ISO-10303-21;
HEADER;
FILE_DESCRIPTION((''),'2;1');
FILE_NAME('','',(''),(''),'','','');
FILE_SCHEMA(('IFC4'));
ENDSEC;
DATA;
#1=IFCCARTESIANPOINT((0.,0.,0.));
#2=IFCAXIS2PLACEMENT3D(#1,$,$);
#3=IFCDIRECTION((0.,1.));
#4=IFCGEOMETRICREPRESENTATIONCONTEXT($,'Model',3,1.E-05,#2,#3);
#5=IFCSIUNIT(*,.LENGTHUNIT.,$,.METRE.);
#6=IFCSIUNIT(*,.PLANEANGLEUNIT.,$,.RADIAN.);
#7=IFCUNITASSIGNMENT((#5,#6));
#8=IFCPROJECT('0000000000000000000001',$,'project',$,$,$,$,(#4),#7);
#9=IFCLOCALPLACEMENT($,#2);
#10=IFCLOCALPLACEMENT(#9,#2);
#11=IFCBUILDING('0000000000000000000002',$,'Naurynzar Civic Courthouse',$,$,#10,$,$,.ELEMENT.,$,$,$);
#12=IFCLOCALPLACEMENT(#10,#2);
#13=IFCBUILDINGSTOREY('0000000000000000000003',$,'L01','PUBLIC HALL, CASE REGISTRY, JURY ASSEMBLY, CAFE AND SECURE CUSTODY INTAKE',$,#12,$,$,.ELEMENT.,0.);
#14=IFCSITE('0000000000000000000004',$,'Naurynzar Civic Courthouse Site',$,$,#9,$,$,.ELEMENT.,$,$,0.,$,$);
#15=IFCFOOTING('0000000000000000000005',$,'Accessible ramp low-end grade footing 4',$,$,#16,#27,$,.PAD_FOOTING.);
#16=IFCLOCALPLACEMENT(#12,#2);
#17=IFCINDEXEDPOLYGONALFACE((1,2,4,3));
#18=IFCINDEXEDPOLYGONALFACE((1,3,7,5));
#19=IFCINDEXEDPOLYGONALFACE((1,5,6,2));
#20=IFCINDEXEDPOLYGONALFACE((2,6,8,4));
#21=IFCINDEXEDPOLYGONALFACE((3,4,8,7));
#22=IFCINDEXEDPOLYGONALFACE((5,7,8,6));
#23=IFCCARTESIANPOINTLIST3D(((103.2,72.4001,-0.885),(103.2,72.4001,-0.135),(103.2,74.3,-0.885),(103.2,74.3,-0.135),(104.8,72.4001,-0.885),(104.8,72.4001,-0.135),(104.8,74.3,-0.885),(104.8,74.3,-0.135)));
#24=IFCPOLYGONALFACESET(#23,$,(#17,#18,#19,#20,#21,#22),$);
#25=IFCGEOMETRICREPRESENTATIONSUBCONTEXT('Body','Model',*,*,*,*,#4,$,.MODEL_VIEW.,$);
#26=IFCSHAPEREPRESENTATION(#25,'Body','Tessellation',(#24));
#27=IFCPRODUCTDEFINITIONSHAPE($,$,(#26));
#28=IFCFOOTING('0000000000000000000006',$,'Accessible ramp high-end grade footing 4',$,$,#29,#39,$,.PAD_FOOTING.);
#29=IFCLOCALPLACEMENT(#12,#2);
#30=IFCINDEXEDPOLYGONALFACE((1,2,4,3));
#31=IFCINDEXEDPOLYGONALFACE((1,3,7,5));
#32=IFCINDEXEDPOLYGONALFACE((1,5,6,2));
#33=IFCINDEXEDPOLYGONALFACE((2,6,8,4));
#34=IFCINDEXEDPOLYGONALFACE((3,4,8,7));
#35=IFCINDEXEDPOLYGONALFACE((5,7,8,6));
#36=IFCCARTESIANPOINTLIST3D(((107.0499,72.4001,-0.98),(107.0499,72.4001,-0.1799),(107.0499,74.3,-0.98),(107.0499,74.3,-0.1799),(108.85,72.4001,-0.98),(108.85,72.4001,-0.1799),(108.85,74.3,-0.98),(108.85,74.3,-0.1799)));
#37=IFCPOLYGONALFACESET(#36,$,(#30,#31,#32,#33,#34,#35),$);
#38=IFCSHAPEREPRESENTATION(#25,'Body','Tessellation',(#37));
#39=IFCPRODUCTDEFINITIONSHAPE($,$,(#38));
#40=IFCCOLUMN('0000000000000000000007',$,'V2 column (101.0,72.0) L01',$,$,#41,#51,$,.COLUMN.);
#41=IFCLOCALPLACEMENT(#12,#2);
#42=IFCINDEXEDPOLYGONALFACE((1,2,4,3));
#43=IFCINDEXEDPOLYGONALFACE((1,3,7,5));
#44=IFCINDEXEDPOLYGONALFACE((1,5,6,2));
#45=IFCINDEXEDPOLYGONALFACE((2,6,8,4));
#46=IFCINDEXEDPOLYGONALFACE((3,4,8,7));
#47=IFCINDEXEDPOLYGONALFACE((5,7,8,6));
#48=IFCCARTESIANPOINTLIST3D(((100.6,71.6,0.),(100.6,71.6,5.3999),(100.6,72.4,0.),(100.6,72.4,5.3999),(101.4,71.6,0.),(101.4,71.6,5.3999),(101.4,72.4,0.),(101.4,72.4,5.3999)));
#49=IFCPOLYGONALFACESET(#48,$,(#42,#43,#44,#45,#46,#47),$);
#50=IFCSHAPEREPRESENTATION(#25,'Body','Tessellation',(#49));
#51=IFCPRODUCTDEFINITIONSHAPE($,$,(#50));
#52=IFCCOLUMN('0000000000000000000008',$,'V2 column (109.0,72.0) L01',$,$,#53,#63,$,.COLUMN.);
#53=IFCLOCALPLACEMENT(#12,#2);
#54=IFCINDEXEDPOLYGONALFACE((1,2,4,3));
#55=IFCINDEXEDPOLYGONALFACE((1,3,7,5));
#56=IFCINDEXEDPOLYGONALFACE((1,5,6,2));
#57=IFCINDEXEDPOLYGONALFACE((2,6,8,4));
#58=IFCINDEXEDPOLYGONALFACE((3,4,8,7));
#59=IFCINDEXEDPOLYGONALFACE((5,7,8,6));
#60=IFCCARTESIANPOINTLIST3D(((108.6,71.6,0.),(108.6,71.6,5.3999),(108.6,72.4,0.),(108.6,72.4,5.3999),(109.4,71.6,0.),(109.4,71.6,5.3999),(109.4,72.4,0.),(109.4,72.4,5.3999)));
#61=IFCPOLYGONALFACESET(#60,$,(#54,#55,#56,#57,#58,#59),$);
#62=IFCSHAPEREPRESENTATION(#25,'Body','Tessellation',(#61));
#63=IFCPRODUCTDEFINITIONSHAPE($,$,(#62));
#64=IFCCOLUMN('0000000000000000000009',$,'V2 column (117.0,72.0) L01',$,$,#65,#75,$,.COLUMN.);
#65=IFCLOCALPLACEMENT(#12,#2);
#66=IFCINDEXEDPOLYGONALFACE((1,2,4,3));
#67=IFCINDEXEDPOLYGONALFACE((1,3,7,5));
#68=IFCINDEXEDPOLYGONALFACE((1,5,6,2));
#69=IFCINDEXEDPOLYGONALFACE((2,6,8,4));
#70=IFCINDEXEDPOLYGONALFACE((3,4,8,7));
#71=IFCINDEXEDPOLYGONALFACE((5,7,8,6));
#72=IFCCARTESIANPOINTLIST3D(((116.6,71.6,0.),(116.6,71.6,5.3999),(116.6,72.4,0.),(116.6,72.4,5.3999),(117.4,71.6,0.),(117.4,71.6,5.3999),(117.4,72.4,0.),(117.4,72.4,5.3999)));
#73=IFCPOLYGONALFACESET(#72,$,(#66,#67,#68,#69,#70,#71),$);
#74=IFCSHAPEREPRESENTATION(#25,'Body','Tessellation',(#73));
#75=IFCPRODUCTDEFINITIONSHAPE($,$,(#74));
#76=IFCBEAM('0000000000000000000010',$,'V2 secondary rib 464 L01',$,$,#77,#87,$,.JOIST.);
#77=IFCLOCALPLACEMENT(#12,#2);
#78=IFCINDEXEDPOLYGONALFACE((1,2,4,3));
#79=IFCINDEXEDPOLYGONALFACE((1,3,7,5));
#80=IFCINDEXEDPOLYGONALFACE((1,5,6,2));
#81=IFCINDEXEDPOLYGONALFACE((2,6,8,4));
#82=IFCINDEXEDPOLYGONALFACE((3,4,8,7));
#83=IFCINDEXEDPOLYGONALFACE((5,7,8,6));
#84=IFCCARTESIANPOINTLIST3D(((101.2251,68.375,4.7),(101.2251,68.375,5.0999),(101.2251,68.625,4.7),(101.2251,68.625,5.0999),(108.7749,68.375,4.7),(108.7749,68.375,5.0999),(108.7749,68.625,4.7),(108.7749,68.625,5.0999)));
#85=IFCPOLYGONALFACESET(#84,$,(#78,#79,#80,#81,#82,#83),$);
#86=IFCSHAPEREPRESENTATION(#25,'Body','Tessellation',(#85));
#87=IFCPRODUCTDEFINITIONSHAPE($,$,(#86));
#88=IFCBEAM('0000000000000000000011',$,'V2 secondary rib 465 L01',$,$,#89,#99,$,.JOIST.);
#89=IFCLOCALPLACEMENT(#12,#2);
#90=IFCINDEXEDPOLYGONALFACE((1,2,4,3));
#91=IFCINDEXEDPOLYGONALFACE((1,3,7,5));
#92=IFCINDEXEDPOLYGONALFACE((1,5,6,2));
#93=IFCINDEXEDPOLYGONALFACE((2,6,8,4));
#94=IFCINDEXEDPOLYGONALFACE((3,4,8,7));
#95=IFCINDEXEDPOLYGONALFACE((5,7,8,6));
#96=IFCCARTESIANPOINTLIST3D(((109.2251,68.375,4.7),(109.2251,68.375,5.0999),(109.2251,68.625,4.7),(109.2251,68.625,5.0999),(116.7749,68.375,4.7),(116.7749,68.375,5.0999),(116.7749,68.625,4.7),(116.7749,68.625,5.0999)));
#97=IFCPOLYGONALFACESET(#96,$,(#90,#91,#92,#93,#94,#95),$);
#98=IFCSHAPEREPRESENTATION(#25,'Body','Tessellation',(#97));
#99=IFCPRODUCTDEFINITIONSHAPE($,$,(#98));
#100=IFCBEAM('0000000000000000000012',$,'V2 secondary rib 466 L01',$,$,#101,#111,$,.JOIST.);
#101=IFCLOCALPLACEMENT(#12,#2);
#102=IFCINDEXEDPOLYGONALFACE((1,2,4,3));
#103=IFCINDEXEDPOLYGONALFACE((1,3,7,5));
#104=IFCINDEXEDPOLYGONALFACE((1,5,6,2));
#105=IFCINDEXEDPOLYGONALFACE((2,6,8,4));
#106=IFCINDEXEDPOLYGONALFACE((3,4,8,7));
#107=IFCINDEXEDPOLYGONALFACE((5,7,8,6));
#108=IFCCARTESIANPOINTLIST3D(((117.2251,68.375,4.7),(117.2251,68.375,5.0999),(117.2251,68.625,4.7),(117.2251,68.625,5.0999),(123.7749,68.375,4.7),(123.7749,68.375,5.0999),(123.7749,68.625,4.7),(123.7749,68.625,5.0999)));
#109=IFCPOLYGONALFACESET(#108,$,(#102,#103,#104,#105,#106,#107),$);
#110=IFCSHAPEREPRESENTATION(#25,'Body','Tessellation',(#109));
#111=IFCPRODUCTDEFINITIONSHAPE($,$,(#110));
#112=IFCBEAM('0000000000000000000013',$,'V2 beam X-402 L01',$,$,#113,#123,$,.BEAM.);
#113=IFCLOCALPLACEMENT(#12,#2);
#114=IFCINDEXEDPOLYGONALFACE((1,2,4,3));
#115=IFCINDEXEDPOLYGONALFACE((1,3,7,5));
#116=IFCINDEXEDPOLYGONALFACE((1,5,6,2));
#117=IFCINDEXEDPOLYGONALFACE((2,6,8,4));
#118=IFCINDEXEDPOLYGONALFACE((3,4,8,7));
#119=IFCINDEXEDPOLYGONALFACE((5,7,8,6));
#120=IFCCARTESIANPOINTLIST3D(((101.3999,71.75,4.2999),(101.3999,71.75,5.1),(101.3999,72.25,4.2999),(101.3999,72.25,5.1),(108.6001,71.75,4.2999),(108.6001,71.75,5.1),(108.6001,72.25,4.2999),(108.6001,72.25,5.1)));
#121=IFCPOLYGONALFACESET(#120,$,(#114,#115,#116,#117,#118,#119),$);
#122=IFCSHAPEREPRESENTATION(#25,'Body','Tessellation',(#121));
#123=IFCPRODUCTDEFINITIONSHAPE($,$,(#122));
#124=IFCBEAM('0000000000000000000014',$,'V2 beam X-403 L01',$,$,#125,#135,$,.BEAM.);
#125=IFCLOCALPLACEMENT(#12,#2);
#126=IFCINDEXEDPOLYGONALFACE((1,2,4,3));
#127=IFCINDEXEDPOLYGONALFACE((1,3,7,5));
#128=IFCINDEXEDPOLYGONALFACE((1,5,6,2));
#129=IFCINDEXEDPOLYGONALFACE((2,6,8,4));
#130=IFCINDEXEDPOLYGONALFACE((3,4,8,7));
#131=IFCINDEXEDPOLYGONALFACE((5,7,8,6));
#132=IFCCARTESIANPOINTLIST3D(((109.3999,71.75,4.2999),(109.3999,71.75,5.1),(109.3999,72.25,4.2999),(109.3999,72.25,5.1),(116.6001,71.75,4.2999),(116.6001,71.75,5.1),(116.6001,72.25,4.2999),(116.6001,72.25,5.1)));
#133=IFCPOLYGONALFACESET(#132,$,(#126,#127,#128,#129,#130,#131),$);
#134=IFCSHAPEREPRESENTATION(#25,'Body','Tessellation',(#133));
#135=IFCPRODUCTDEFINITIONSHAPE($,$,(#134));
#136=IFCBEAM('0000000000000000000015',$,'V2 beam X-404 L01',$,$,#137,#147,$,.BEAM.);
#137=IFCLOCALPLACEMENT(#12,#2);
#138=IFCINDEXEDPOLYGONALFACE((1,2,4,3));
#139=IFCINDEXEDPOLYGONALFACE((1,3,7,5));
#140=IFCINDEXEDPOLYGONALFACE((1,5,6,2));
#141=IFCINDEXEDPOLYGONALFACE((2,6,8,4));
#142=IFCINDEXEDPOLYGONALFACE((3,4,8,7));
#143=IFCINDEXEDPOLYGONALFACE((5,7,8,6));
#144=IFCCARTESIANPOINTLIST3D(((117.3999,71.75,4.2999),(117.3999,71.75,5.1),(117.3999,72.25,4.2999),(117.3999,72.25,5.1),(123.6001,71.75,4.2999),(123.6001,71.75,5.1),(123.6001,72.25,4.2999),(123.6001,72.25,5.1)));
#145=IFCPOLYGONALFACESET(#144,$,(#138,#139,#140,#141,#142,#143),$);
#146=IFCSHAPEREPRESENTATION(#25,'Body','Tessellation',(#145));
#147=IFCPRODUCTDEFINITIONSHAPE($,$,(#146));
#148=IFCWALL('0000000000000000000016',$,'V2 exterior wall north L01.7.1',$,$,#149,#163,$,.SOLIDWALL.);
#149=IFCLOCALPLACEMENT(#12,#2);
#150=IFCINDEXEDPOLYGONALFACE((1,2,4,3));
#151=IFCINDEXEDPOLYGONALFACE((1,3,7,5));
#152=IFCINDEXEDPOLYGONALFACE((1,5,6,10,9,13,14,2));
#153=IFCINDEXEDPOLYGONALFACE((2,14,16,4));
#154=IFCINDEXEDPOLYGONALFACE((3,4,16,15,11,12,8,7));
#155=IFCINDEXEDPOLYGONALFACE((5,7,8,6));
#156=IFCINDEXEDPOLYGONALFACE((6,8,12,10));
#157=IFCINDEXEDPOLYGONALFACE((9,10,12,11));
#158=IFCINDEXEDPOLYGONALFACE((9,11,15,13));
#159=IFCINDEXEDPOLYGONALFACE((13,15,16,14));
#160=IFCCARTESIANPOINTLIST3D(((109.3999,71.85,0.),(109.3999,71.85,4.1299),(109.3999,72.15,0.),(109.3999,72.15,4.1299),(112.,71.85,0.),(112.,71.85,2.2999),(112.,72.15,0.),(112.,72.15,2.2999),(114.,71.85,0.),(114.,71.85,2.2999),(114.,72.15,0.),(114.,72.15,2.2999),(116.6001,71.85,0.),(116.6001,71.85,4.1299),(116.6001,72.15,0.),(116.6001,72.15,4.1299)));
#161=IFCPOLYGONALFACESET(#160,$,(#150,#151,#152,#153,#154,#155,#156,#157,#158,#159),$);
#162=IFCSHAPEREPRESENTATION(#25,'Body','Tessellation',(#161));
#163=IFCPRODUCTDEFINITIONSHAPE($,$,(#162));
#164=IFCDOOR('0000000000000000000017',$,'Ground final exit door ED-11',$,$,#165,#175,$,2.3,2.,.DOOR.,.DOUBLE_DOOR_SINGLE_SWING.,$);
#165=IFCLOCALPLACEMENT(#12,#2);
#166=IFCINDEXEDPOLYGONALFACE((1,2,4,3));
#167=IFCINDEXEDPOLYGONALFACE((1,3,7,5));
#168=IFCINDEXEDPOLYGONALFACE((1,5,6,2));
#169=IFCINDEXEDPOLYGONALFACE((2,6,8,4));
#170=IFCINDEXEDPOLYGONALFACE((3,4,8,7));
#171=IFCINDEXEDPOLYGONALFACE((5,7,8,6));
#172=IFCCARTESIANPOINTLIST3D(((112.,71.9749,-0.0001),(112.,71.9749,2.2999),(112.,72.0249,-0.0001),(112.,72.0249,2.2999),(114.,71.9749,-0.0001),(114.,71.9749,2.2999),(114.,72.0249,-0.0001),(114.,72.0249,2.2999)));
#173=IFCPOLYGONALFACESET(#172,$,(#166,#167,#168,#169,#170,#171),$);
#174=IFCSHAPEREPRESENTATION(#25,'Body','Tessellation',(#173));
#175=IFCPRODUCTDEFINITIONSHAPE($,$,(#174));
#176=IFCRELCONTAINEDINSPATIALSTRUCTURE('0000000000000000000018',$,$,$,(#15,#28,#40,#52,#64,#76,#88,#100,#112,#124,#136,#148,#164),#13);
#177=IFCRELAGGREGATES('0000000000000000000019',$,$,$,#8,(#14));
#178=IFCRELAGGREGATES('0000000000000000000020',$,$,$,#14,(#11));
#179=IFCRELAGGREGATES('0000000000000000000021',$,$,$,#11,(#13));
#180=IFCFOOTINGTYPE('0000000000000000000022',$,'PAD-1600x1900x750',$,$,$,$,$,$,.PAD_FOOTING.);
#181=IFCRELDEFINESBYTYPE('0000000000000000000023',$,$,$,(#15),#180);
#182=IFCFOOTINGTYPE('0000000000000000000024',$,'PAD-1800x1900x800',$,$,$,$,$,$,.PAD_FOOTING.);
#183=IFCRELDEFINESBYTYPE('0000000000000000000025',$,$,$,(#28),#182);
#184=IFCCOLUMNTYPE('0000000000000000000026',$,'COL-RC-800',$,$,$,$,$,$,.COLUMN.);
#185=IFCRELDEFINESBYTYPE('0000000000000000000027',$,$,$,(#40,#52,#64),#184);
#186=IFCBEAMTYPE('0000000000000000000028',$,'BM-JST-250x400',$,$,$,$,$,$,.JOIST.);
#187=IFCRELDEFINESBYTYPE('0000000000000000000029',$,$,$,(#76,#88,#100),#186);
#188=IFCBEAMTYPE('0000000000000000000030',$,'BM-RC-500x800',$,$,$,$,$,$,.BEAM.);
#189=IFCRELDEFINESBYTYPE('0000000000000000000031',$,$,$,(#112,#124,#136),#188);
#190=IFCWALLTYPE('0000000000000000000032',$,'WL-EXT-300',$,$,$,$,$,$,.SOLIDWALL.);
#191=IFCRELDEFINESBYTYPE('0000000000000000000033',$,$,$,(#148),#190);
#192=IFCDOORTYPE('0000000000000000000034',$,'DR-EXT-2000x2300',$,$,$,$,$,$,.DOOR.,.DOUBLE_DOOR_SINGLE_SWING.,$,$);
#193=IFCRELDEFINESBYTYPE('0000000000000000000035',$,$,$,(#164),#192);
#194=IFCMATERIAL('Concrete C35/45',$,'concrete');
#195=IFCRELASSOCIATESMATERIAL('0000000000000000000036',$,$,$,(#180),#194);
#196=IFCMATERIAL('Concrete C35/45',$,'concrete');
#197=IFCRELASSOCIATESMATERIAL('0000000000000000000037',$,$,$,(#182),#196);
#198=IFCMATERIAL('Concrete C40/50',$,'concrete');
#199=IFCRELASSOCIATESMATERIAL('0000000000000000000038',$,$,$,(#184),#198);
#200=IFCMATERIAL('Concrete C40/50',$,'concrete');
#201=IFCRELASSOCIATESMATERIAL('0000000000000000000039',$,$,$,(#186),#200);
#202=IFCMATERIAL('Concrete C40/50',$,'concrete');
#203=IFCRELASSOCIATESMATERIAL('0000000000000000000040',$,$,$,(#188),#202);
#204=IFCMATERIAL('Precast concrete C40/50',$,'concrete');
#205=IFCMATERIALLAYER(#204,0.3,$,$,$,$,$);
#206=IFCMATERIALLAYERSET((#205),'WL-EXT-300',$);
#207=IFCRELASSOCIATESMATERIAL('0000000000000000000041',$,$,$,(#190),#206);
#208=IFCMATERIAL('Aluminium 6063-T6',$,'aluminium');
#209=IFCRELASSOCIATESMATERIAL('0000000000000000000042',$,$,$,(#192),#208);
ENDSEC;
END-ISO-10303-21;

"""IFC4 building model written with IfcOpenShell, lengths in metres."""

from ifc_helpers import new_model, si_unit, direction, frame, frame_2d, origin, origin_2d, place, context, subcontext, project, spatial, rectangle, extrude, material, layer, layer_set, material_profile, profile_set, type_object, element, fill, save


model = new_model("IFC4")

# Units and contexts
model_context = context("Model", 3, precision=1e-05, world=origin(), true_north=direction((0.0, 1.0)))
body_context = subcontext(model_context, "Body", "Model", "MODEL_VIEW")
ifc_project = project(units=[si_unit("LENGTHUNIT", "METRE"), si_unit("PLANEANGLEUNIT", "RADIAN")], contexts=[model_context])

# Site, building, storey
site_placement = place(None, origin())
site = spatial("IfcSite", under=ifc_project, at=site_placement, Name="Naurynzar Civic Courthouse Site", CompositionType="ELEMENT", RefElevation=0.0)
building_placement = place(site_placement, origin())
building = spatial("IfcBuilding", under=site, at=building_placement, Name="Naurynzar Civic Courthouse", CompositionType="ELEMENT")
storey_placement = place(building_placement, origin())
storey = spatial("IfcBuildingStorey", under=building, at=storey_placement, Name="L01", Description="PUBLIC HALL, CASE REGISTRY, JURY ASSEMBLY, CAFE AND SECURE CUSTODY INTAKE", CompositionType="ELEMENT", Elevation=0.0)

# Footings
ifc_material_1 = material(Name="Concrete C35/45", Category="concrete")
footing_type_1 = type_object("IfcFootingType", Name="PAD-1600x1900x750", PredefinedType="PAD_FOOTING", material=ifc_material_1)
footing_1_placement = place(storey_placement, frame((104.0, 73.3501, -0.885), z_axis=(0.0, 0.0, 1.0), x_axis=(1.0, 0.0, 0.0)))
element("IfcFooting", 1, at=footing_1_placement, inside=storey, type_object=footing_type_1, Name="Accessible ramp low-end grade footing 4", PredefinedType="PAD_FOOTING", context=body_context, shape_type="SweptSolid", body=[
    extrude(rectangle(XDim=1.6001, YDim=1.8999, at=origin_2d()), origin(), (0.0, 0.0, 1.0), 0.75),
])
ifc_material_2 = material(Name="Concrete C35/45", Category="concrete")
footing_type_2 = type_object("IfcFootingType", Name="PAD-1800x1900x800", PredefinedType="PAD_FOOTING", material=ifc_material_2)
footing_2_placement = place(storey_placement, frame((107.95, 73.3501, -0.98), z_axis=(0.0, 0.0, 1.0), x_axis=(1.0, 0.0, 0.0)))
element("IfcFooting", 2, at=footing_2_placement, inside=storey, type_object=footing_type_2, Name="Accessible ramp high-end grade footing 4", PredefinedType="PAD_FOOTING", context=body_context, shape_type="SweptSolid", body=[
    extrude(rectangle(XDim=1.8, YDim=1.8999, at=origin_2d()), origin(), (0.0, 0.0, 1.0), 0.8),
])

# Columns
ifc_material_3 = material(Name="Concrete C40/50", Category="concrete")
ifc_material_profile_1 = material_profile(ifc_material_3, rectangle(XDim=0.8, YDim=0.8, at=origin_2d()), Name="RC 800x800")
ifc_profile_set_1 = profile_set([ifc_material_profile_1], Name="Concrete C40/50")
column_type = type_object("IfcColumnType", Name="COL-RC-800", PredefinedType="COLUMN", material=ifc_profile_set_1)
for number, where, z_axis, x_axis, name in (
    (3, (101.0, 72.0, 0.0), (0.0, 0.0, 1.0), (1.0, 0.0, 0.0), "V2 column (101.0,72.0) L01"),
    (4, (109.0, 72.0, 0.0), (0.0, 0.0, 1.0), (1.0, 0.0, 0.0), "V2 column (109.0,72.0) L01"),
    (5, (117.0, 72.0, 0.0), (0.0, 0.0, 1.0), (1.0, 0.0, 0.0), "V2 column (117.0,72.0) L01"),
):
    element("IfcColumn", number, at=place(storey_placement, frame(where, z_axis=z_axis, x_axis=x_axis)), inside=storey, type_object=column_type, Name=name, PredefinedType="COLUMN", context=body_context, shape_type="SweptSolid", body=[
        extrude(rectangle(XDim=0.8, YDim=0.8, at=origin_2d()), origin(), (0.0, 0.0, 1.0), 5.3999),
    ])

# Beams
ifc_material_4 = material(Name="Concrete C40/50", Category="concrete")
ifc_material_profile_2 = material_profile(ifc_material_4, rectangle(XDim=0.25, YDim=0.3999, at=origin_2d()), Name="RCB 250x400")
ifc_profile_set_2 = profile_set([ifc_material_profile_2], Name="Concrete C40/50")
beam_type_1 = type_object("IfcBeamType", Name="BM-JST-250x400", PredefinedType="JOIST", material=ifc_profile_set_2)
for number, where, z_axis, x_axis, name in (
    (6, (101.2251, 68.5, 4.8999), (1.0, 0.0, 0.0), (0.0, 1.0, 0.0), "V2 secondary rib 464 L01"),
    (7, (109.2251, 68.5, 4.8999), (1.0, 0.0, 0.0), (0.0, 1.0, 0.0), "V2 secondary rib 465 L01"),
):
    element("IfcBeam", number, at=place(storey_placement, frame(where, z_axis=z_axis, x_axis=x_axis)), inside=storey, type_object=beam_type_1, Name=name, PredefinedType="JOIST", context=body_context, shape_type="SweptSolid", body=[
        extrude(rectangle(XDim=0.25, YDim=0.3999, at=origin_2d()), origin(), (0.0, 0.0, 1.0), 7.5498),
    ])
beam_1_placement = place(storey_placement, frame((117.2251, 68.5, 4.8999), z_axis=(1.0, 0.0, 0.0), x_axis=(0.0, 1.0, 0.0)))
element("IfcBeam", 8, at=beam_1_placement, inside=storey, type_object=beam_type_1, Name="V2 secondary rib 466 L01", PredefinedType="JOIST", context=body_context, shape_type="SweptSolid", body=[
    extrude(rectangle(XDim=0.25, YDim=0.3999, at=origin_2d()), origin(), (0.0, 0.0, 1.0), 6.5498),
])
ifc_material_5 = material(Name="Concrete C40/50", Category="concrete")
ifc_material_profile_3 = material_profile(ifc_material_5, rectangle(XDim=0.5, YDim=0.8, at=origin_2d()), Name="RCB 500x800")
ifc_profile_set_3 = profile_set([ifc_material_profile_3], Name="Concrete C40/50")
beam_type_2 = type_object("IfcBeamType", Name="BM-RC-500x800", PredefinedType="BEAM", material=ifc_profile_set_3)
for number, where, z_axis, x_axis, name in (
    (9, (101.3999, 72.0, 4.7), (1.0, 0.0, 0.0), (0.0, 1.0, 0.0), "V2 beam X-402 L01"),
    (10, (109.3999, 72.0, 4.7), (1.0, 0.0, 0.0), (0.0, 1.0, 0.0), "V2 beam X-403 L01"),
):
    element("IfcBeam", number, at=place(storey_placement, frame(where, z_axis=z_axis, x_axis=x_axis)), inside=storey, type_object=beam_type_2, Name=name, PredefinedType="BEAM", context=body_context, shape_type="SweptSolid", body=[
        extrude(rectangle(XDim=0.5, YDim=0.8, at=origin_2d()), origin(), (0.0, 0.0, 1.0), 7.2002),
    ])
beam_2_placement = place(storey_placement, frame((117.3999, 72.0, 4.7), z_axis=(1.0, 0.0, 0.0), x_axis=(0.0, 1.0, 0.0)))
element("IfcBeam", 11, at=beam_2_placement, inside=storey, type_object=beam_type_2, Name="V2 beam X-404 L01", PredefinedType="BEAM", context=body_context, shape_type="SweptSolid", body=[
    extrude(rectangle(XDim=0.5, YDim=0.8, at=origin_2d()), origin(), (0.0, 0.0, 1.0), 6.2002),
])

# Wall, opening, door
ifc_material_6 = material(Name="Precast concrete C40/50", Category="concrete")
ifc_layer_1 = layer(ifc_material_6, 0.3)
ifc_layer_set_1 = layer_set([ifc_layer_1], Name="WL-EXT-300")
wall_type_1 = type_object("IfcWallType", Name="WL-EXT-300", PredefinedType="SOLIDWALL", material=ifc_layer_set_1)
wall_1_placement = place(storey_placement, frame((109.3999, 72.0, 0.0), z_axis=(0.0, 0.0, 1.0), x_axis=(1.0, 0.0, 0.0)))
wall_1 = element("IfcWall", 12, at=wall_1_placement, inside=storey, type_object=wall_type_1, Name="V2 exterior wall north L01.7.1", PredefinedType="SOLIDWALL", context=body_context, shape_type="SweptSolid", body=[
    extrude(rectangle(XDim=7.2002, YDim=0.3, at=frame_2d((3.6001, 0.0))), origin(), (0.0, 0.0, 1.0), 4.1299),
])
opening_1_placement = place(wall_1_placement, frame((2.6001, 0.0, 0.0)))
opening_1 = element("IfcOpeningElement", 13, at=opening_1_placement, cuts=wall_1, PredefinedType="OPENING", context=body_context, shape_type="SweptSolid", body=[
    extrude(rectangle(XDim=2.0, YDim=2.3, at=frame_2d((1.0, 1.1499))), frame((0.0, 0.1599, 0.0), z_axis=(0.0, -1.0, 0.0), x_axis=(1.0, 0.0, 0.0)), (0.0, 0.0, 1.0), 0.3201),
])
ifc_material_7 = material(Name="Aluminium 6063-T6", Category="aluminium")
door_type_1 = type_object("IfcDoorType", Name="DR-EXT-2000x2300", OperationType="DOUBLE_DOOR_SINGLE_SWING", PredefinedType="DOOR", material=ifc_material_7)
door_1_placement = place(opening_1_placement, origin())
door_1 = element("IfcDoor", 14, at=door_1_placement, inside=storey, type_object=door_type_1, Name="Ground final exit door ED-11", OperationType="DOUBLE_DOOR_SINGLE_SWING", OverallHeight=2.3, OverallWidth=2.0, PredefinedType="DOOR", context=body_context, shape_type="SweptSolid", body=[
    extrude(rectangle(XDim=2.0, YDim=2.3, at=frame_2d((1.0, 1.1499))), frame((0.0, 0.0249, 0.0), z_axis=(0.0, -1.0, 0.0), x_axis=(1.0, 0.0, 0.0)), (0.0, 0.0, 1.0), 0.05),
])
fill(opening_1, door_1)

save(model, "model.ifc")
